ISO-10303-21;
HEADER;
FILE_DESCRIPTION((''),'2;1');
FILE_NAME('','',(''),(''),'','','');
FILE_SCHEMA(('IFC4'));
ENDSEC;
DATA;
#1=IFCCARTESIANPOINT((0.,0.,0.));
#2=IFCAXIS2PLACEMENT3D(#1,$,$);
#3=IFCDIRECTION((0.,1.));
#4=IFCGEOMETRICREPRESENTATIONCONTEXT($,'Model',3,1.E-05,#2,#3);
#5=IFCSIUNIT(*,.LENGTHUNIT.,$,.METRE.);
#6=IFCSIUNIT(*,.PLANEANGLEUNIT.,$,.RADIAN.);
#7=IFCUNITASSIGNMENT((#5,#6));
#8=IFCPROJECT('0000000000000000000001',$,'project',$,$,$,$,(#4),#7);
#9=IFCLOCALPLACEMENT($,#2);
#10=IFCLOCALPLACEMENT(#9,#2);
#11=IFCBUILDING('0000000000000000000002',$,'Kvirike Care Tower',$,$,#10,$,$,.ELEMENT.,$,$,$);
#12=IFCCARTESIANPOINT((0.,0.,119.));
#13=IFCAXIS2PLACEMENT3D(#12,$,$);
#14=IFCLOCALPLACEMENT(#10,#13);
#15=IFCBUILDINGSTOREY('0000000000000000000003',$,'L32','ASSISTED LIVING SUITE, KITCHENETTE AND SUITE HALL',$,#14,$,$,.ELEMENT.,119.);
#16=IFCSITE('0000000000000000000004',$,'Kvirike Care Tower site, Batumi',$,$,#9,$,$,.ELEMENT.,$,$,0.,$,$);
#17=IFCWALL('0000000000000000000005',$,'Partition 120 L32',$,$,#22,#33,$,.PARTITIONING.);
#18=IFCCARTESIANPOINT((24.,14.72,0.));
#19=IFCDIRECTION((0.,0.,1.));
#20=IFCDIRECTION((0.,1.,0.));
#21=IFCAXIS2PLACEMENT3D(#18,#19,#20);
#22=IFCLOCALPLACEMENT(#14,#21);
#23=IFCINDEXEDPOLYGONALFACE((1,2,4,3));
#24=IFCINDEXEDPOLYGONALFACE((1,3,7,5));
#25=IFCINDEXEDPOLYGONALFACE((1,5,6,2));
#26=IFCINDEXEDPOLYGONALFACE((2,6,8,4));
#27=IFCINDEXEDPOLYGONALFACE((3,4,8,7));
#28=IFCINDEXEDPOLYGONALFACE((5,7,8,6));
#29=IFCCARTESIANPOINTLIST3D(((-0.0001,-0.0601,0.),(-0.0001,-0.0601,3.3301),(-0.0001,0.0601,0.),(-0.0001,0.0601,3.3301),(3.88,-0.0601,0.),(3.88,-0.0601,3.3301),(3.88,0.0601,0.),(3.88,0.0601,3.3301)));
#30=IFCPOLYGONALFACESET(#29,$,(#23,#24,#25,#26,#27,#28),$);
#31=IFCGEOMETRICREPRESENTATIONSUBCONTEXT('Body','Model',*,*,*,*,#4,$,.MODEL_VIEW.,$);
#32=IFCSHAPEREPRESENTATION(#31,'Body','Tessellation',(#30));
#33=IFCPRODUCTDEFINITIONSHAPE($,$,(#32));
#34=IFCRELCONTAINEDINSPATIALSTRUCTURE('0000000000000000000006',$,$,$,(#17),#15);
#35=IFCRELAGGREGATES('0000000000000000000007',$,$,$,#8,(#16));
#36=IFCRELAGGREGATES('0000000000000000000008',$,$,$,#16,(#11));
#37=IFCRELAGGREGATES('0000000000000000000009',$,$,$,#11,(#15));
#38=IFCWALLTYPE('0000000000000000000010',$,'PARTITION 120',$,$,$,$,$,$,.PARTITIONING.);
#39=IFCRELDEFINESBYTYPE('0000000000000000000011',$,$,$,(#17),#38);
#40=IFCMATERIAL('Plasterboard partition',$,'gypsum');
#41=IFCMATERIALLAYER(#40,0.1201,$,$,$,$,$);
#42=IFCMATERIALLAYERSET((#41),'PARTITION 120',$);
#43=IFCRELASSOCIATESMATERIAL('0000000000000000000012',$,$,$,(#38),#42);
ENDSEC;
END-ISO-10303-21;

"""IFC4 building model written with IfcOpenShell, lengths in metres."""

from ifc_helpers import new_model, si_unit, direction, frame, frame_2d, origin, place, context, subcontext, project, spatial, rectangle, extrude, material, layer, layer_set, type_object, element, save


model = new_model("IFC4")

# Units and contexts
model_context = context("Model", 3, precision=1e-05, world=origin(), true_north=direction((0.0, 1.0)))
body_context = subcontext(model_context, "Body", "Model", "MODEL_VIEW")
ifc_project = project(units=[si_unit("LENGTHUNIT", "METRE"), si_unit("PLANEANGLEUNIT", "RADIAN")], contexts=[model_context])

# Site, building, storey
site_placement = place(None, origin())
site = spatial("IfcSite", under=ifc_project, at=site_placement, Name="Kvirike Care Tower site, Batumi", CompositionType="ELEMENT", RefElevation=0.0)
building_placement = place(site_placement, origin())
building = spatial("IfcBuilding", under=site, at=building_placement, Name="Kvirike Care Tower", CompositionType="ELEMENT")
storey_placement = place(building_placement, frame((0.0, 0.0, 119.0)))
storey = spatial("IfcBuildingStorey", under=building, at=storey_placement, Name="L32", Description="ASSISTED LIVING SUITE, KITCHENETTE AND SUITE HALL", CompositionType="ELEMENT", Elevation=119.0)

# Shared definitions
ifc_material_1 = material(Name="Plasterboard partition", Category="gypsum")
ifc_layer_1 = layer(ifc_material_1, 0.1201)
ifc_layer_set_1 = layer_set([ifc_layer_1], Name="PARTITION 120")
wall_type_1 = type_object("IfcWallType", Name="PARTITION 120", PredefinedType="PARTITIONING", material=ifc_layer_set_1)

# Wall
wall_1_placement = place(storey_placement, frame((24.0, 14.72, 0.0), z_axis=(0.0, 0.0, 1.0), x_axis=(0.0, 1.0, 0.0)))
element("IfcWall", 1, at=wall_1_placement, inside=storey, type_object=wall_type_1, Name="Partition 120 L32", PredefinedType="PARTITIONING", context=body_context, shape_type="SweptSolid", body=[
    extrude(rectangle(XDim=3.8801, YDim=0.1201, at=frame_2d((1.9399, 0.0))), origin(), (0.0, 0.0, 1.0), 3.3301),
])

save(model, "model.ifc")
